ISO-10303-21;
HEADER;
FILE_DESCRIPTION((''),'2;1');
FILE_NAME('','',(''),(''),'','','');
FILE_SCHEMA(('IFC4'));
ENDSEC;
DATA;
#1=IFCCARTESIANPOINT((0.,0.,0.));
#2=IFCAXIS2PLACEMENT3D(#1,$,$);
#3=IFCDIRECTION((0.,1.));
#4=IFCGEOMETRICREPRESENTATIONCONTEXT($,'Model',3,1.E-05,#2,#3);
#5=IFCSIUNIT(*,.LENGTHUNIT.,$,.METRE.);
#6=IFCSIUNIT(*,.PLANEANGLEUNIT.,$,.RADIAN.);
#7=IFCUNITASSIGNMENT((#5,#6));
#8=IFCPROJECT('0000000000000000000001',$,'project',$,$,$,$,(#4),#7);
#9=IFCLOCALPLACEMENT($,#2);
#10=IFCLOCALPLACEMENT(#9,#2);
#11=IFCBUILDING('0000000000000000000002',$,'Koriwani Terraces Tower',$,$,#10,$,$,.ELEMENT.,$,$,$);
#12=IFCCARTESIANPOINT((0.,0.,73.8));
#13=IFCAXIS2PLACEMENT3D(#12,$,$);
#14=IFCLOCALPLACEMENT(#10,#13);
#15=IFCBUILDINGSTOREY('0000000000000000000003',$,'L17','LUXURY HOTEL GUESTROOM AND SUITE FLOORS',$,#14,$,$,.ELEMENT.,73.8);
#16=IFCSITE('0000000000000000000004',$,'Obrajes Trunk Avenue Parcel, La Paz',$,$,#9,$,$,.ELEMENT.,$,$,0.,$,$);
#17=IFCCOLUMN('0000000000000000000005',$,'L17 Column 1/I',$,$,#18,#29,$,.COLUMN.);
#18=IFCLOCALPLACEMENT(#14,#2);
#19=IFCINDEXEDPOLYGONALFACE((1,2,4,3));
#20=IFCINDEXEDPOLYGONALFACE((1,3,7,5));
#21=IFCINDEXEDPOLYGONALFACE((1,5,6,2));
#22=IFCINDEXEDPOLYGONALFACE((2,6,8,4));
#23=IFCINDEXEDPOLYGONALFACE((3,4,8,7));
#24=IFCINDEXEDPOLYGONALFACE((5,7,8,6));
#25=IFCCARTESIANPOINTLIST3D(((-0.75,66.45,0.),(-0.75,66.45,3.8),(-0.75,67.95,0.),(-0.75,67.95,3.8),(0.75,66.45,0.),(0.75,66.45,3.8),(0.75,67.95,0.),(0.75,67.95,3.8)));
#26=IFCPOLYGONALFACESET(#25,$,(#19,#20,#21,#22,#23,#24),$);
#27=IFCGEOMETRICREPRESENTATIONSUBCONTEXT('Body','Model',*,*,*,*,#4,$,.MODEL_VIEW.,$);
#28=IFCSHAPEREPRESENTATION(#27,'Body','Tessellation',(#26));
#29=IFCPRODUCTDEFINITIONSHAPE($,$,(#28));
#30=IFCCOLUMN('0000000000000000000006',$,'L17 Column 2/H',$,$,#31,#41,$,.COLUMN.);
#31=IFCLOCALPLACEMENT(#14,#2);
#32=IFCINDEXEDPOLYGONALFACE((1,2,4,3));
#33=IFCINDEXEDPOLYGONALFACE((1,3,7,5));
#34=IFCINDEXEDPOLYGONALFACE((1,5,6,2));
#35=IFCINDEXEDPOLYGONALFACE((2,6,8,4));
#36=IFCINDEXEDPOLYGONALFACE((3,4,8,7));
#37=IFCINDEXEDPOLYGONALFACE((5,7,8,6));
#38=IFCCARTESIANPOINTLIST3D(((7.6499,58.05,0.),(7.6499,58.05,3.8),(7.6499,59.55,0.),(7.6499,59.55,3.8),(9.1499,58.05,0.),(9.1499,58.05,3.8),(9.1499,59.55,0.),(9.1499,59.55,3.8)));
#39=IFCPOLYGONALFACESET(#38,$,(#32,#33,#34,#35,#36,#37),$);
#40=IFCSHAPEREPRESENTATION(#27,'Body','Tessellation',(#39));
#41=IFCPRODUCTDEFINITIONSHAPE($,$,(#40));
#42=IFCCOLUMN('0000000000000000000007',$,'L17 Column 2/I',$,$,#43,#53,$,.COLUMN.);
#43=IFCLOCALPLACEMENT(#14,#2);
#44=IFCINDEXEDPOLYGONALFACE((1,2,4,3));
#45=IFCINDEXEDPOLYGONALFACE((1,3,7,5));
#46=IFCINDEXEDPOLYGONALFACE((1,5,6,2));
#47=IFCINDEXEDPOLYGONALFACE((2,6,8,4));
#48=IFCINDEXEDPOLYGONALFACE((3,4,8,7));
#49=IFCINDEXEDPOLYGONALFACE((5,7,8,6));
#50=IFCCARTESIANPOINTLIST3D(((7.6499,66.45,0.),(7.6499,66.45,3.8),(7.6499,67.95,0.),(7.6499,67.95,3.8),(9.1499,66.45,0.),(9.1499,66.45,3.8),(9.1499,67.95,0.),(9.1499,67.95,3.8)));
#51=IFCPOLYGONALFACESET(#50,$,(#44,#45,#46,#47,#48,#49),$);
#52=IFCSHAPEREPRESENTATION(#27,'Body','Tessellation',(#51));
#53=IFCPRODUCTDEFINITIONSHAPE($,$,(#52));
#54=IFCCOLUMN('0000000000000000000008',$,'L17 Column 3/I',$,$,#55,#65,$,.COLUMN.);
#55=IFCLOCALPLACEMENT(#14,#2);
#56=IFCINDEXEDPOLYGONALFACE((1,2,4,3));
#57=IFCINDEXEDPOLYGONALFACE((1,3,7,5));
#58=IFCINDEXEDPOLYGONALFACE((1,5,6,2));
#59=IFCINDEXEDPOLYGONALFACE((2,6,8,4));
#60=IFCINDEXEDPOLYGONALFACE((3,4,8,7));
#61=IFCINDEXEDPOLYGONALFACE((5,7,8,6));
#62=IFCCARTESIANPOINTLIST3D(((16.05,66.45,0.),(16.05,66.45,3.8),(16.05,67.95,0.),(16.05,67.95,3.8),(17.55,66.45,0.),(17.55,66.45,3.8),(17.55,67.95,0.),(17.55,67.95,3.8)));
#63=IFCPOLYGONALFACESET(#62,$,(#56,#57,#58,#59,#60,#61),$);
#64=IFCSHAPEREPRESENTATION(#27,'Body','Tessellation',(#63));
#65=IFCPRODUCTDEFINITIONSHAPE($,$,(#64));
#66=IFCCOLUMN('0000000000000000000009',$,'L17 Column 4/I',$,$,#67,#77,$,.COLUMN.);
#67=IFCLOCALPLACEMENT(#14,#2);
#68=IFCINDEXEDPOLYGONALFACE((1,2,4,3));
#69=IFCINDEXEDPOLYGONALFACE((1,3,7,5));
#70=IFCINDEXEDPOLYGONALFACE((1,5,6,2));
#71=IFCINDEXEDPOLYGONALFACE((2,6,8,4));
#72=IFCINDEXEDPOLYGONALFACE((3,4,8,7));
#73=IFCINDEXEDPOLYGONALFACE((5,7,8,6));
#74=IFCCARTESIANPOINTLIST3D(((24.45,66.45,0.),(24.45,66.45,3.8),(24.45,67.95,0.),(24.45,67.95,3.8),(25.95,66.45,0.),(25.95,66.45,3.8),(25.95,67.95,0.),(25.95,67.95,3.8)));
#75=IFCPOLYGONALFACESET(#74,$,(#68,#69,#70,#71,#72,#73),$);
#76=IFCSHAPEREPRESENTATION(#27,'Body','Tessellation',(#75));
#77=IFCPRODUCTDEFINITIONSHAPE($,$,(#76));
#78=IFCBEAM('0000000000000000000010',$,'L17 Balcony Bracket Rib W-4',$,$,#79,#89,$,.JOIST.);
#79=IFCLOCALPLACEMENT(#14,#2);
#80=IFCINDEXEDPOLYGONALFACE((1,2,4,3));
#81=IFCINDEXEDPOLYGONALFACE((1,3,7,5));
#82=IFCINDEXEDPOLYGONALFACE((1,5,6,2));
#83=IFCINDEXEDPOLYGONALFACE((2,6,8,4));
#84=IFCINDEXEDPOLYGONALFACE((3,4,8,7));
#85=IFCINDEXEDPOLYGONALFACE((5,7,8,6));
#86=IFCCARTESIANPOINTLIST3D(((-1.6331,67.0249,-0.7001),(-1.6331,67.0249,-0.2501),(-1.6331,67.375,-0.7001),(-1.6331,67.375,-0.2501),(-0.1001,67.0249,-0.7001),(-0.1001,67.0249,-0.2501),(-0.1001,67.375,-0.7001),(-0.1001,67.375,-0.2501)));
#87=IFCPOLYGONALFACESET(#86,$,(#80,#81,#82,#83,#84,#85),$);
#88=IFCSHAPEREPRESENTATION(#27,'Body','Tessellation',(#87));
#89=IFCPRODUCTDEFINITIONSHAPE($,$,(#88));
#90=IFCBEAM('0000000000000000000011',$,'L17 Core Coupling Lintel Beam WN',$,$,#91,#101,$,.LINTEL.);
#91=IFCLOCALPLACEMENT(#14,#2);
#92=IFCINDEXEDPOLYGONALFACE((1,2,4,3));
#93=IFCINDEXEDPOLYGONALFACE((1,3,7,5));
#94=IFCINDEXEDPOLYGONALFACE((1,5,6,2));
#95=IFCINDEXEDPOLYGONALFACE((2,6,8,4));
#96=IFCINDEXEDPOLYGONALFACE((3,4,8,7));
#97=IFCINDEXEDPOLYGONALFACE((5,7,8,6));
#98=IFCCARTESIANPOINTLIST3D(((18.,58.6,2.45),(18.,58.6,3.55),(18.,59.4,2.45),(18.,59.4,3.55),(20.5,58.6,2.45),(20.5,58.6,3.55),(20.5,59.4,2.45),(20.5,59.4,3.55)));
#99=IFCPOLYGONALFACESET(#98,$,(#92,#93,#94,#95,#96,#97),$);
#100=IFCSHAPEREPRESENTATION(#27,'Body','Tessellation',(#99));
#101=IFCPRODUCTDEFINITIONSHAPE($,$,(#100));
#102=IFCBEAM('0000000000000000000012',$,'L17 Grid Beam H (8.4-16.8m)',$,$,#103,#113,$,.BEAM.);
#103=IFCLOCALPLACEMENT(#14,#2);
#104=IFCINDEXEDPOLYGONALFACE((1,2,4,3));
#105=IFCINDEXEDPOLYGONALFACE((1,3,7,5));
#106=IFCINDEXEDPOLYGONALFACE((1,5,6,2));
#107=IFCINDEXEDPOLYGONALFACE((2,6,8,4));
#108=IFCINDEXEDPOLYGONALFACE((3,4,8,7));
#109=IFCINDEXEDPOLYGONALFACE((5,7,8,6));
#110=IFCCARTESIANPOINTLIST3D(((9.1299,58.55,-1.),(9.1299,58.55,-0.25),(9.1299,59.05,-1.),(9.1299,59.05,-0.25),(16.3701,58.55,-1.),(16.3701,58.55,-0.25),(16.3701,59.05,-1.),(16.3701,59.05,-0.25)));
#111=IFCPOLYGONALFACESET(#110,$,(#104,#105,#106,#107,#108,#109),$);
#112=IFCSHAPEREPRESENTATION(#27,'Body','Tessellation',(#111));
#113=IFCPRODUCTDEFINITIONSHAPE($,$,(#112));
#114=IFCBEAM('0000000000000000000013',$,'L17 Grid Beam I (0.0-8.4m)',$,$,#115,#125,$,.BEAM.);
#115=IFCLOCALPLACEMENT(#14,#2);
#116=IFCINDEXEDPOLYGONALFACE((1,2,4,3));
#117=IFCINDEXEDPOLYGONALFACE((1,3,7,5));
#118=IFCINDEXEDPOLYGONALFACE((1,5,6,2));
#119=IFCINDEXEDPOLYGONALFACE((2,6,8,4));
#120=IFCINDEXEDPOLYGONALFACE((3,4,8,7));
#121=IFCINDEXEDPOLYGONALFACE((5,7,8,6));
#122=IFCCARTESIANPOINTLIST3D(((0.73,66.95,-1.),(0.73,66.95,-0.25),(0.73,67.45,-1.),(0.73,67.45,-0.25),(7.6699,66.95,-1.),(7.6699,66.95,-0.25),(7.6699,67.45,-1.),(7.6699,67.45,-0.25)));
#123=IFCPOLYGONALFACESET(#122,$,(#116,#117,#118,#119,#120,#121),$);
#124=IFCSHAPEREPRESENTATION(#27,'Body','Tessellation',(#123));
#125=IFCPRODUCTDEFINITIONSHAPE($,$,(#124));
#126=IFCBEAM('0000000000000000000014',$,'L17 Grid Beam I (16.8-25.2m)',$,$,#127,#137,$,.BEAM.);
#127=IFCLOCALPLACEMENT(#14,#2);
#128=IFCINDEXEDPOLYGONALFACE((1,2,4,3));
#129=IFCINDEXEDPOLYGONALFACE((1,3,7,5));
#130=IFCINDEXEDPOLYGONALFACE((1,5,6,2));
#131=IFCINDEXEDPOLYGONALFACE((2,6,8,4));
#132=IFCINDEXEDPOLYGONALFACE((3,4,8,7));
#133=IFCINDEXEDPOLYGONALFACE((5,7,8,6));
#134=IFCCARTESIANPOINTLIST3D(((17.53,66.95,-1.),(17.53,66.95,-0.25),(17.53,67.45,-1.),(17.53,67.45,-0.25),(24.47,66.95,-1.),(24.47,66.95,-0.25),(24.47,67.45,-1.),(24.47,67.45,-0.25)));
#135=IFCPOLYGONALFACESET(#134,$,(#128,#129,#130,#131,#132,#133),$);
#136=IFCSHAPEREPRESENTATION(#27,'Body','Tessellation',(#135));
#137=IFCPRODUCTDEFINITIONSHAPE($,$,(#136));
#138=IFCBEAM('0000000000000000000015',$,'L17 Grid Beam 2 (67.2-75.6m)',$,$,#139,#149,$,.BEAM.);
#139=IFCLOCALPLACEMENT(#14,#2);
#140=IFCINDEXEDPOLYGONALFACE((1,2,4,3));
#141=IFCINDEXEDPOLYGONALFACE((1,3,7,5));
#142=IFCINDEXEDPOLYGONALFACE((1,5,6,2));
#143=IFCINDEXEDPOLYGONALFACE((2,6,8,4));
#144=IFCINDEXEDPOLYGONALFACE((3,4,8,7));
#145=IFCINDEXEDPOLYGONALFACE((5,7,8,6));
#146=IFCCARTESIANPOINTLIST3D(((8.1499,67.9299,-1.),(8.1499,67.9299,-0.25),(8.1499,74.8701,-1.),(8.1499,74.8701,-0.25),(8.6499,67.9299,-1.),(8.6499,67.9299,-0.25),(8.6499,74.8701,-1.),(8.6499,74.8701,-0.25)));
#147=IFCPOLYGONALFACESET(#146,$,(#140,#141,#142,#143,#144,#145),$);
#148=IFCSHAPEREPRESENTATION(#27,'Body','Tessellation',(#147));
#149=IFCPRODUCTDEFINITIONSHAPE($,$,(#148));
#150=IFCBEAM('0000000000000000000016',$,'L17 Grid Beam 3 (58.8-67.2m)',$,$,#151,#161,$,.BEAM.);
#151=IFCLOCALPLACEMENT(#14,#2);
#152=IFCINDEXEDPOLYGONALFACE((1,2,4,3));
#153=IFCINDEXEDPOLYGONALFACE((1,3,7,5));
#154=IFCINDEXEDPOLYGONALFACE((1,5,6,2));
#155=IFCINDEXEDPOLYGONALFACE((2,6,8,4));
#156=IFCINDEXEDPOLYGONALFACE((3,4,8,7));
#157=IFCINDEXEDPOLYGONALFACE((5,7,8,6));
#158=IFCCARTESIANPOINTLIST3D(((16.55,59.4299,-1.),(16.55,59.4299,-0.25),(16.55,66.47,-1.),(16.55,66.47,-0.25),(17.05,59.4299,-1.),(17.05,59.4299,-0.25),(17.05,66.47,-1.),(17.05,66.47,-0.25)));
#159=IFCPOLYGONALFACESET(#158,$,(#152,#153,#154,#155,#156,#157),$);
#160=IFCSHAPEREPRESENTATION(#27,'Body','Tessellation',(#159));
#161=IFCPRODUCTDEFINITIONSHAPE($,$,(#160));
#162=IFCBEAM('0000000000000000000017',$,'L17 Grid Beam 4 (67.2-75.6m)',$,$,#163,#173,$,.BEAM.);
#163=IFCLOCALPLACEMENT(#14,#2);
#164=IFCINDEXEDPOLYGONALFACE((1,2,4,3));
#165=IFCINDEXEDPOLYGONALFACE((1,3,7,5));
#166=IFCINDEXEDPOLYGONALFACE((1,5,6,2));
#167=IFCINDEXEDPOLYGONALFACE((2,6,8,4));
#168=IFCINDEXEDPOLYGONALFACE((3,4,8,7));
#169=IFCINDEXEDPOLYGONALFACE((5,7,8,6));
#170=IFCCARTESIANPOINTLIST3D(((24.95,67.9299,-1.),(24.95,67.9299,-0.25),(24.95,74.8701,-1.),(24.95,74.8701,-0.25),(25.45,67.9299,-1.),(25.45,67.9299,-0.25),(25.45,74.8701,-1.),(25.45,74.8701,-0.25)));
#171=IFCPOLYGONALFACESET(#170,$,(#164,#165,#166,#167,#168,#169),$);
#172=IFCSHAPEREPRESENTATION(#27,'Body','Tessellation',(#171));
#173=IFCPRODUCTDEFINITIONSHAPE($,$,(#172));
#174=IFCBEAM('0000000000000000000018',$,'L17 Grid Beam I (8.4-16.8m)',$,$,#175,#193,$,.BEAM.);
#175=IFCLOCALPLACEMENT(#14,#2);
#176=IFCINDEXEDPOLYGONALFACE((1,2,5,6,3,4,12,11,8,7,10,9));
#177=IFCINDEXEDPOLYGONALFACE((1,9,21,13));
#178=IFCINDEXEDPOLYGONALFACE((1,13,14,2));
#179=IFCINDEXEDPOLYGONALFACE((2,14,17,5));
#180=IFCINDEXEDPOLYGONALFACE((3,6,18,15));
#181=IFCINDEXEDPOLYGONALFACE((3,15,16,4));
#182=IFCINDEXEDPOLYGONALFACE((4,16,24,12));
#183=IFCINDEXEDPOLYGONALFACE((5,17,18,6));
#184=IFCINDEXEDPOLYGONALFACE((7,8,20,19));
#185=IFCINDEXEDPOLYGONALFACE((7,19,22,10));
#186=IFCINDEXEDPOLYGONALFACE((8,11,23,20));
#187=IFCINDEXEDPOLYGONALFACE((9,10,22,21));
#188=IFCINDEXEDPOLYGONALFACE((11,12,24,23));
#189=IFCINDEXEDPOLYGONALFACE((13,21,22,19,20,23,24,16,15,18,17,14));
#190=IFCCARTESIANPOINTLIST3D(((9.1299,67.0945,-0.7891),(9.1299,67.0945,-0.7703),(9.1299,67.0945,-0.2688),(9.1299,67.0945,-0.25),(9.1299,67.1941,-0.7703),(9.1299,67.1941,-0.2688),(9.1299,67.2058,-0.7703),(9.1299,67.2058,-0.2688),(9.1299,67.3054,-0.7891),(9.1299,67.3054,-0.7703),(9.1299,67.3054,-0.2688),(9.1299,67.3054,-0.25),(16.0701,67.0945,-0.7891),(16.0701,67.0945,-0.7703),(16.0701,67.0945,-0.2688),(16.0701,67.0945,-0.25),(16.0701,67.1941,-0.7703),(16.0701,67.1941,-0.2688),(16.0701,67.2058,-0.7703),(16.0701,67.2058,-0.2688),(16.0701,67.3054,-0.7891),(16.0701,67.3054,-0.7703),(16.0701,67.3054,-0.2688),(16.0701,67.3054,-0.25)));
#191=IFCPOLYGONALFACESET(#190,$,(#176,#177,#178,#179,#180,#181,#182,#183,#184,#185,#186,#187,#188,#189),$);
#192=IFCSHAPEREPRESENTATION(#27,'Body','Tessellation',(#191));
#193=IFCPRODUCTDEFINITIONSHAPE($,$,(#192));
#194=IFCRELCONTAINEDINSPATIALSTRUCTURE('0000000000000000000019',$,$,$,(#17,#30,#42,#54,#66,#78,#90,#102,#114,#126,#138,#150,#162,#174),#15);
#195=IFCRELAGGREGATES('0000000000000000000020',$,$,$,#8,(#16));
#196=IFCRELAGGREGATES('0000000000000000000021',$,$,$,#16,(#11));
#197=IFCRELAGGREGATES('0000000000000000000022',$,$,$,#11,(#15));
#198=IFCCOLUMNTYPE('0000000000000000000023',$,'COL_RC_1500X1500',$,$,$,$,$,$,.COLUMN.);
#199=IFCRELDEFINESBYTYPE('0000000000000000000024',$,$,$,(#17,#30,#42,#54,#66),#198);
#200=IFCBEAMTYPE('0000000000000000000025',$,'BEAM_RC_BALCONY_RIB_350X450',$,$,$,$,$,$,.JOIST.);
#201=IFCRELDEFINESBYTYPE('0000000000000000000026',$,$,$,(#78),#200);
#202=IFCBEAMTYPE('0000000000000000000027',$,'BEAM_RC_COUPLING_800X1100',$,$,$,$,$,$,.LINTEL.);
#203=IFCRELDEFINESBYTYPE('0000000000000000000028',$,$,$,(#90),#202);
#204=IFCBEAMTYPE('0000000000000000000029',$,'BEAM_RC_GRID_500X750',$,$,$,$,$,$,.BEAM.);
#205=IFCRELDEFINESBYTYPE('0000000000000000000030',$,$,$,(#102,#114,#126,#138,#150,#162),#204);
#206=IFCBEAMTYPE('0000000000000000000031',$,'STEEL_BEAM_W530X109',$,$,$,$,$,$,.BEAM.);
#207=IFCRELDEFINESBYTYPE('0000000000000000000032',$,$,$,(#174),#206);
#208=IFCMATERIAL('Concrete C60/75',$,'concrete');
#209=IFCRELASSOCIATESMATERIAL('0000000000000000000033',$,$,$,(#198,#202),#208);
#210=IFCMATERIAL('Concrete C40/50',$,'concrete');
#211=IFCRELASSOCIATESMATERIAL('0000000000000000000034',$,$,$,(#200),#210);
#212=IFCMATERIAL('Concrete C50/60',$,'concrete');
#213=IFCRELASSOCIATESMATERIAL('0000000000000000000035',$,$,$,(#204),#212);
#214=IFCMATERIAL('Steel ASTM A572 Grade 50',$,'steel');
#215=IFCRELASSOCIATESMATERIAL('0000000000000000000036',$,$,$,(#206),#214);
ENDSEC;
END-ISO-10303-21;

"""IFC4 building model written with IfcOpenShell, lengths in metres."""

from ifc_helpers import new_model, si_unit, direction, frame, origin, origin_2d, place, context, subcontext, project, spatial, rectangle, i_section, extrude, material, material_profile, profile_set, type_object, element, save


model = new_model("IFC4")

# Units and contexts
model_context = context("Model", 3, precision=1e-05, world=origin(), true_north=direction((0.0, 1.0)))
body_context = subcontext(model_context, "Body", "Model", "MODEL_VIEW")
ifc_project = project(units=[si_unit("LENGTHUNIT", "METRE"), si_unit("PLANEANGLEUNIT", "RADIAN")], contexts=[model_context])

# Site, building, storey
site_placement = place(None, origin())
site = spatial("IfcSite", under=ifc_project, at=site_placement, Name="Obrajes Trunk Avenue Parcel, La Paz", CompositionType="ELEMENT", RefElevation=0.0)
building_placement = place(site_placement, origin())
building = spatial("IfcBuilding", under=site, at=building_placement, Name="Koriwani Terraces Tower", CompositionType="ELEMENT")
storey_placement = place(building_placement, frame((0.0, 0.0, 73.8)))
storey = spatial("IfcBuildingStorey", under=building, at=storey_placement, Name="L17", Description="LUXURY HOTEL GUESTROOM AND SUITE FLOORS", CompositionType="ELEMENT", Elevation=73.8)

# Columns
ifc_material_1 = material(Name="Concrete C60/75", Category="concrete")
ifc_material_profile_1 = material_profile(ifc_material_1, rectangle(XDim=1.5, YDim=1.5, at=origin_2d()), Name="Concrete C60/75", Category="LoadBearing")
ifc_profile_set_1 = profile_set([ifc_material_profile_1], Name="Concrete C60/75")
column_type = type_object("IfcColumnType", Name="COL_RC_1500X1500", PredefinedType="COLUMN", material=ifc_profile_set_1)
for number, where, z_axis, x_axis, name in (
    (1, (0.0, 67.2, 0.0), (0.0, 0.0, 1.0), (1.0, 0.0, 0.0), "L17 Column 1/I"),
    (2, (8.3999, 58.8, 0.0), (0.0, 0.0, 1.0), (1.0, 0.0, 0.0), "L17 Column 2/H"),
    (3, (8.3999, 67.2, 0.0), (0.0, 0.0, 1.0), (1.0, 0.0, 0.0), "L17 Column 2/I"),
    (4, (16.8, 67.2, 0.0), (0.0, 0.0, 1.0), (1.0, 0.0, 0.0), "L17 Column 3/I"),
    (5, (25.2, 67.2, 0.0), (0.0, 0.0, 1.0), (1.0, 0.0, 0.0), "L17 Column 4/I"),
):
    element("IfcColumn", number, at=place(storey_placement, frame(where, z_axis=z_axis, x_axis=x_axis)), inside=storey, type_object=column_type, Name=name, PredefinedType="COLUMN", context=body_context, shape_type="SweptSolid", body=[
        extrude(rectangle(XDim=1.5, YDim=1.5, at=origin_2d()), origin(), (0.0, 0.0, 1.0), 3.8),
    ])

# Beams
ifc_material_2 = material(Name="Concrete C40/50", Category="concrete")
ifc_material_profile_2 = material_profile(ifc_material_2, rectangle(XDim=0.3501, YDim=0.45, at=origin_2d()), Name="Concrete C40/50", Category="LoadBearing")
ifc_profile_set_2 = profile_set([ifc_material_profile_2], Name="Concrete C40/50")
beam_type_1 = type_object("IfcBeamType", Name="BEAM_RC_BALCONY_RIB_350X450", PredefinedType="JOIST", material=ifc_profile_set_2)
beam_1_placement = place(storey_placement, frame((-1.6331, 67.2, -0.4751), z_axis=(1.0, 0.0, 0.0), x_axis=(0.0, 1.0, 0.0)))
element("IfcBeam", 6, at=beam_1_placement, inside=storey, type_object=beam_type_1, Name="L17 Balcony Bracket Rib W-4", PredefinedType="JOIST", context=body_context, shape_type="SweptSolid", body=[
    extrude(rectangle(XDim=0.3501, YDim=0.45, at=origin_2d()), origin(), (0.0, 0.0, 1.0), 1.533),
])
ifc_material_profile_3 = material_profile(ifc_material_1, rectangle(XDim=0.8, YDim=1.1001, at=origin_2d()), Name="Concrete C60/75", Category="LoadBearing")
ifc_profile_set_3 = profile_set([ifc_material_profile_3], Name="Concrete C60/75")
beam_type_2 = type_object("IfcBeamType", Name="BEAM_RC_COUPLING_800X1100", PredefinedType="LINTEL", material=ifc_profile_set_3)
beam_2_placement = place(storey_placement, frame((18.0, 59.0, 3.0), z_axis=(1.0, 0.0, 0.0), x_axis=(0.0, 1.0, 0.0)))
element("IfcBeam", 7, at=beam_2_placement, inside=storey, type_object=beam_type_2, Name="L17 Core Coupling Lintel Beam WN", PredefinedType="LINTEL", context=body_context, shape_type="SweptSolid", body=[
    extrude(rectangle(XDim=0.8, YDim=1.1001, at=origin_2d()), origin(), (0.0, 0.0, 1.0), 2.5),
])
ifc_material_3 = material(Name="Concrete C50/60", Category="concrete")
ifc_material_profile_4 = material_profile(ifc_material_3, rectangle(XDim=0.5, YDim=0.75, at=origin_2d()), Name="Concrete C50/60", Category="LoadBearing")
ifc_profile_set_4 = profile_set([ifc_material_profile_4], Name="Concrete C50/60")
beam_type_3 = type_object("IfcBeamType", Name="BEAM_RC_GRID_500X750", PredefinedType="BEAM", material=ifc_profile_set_4)
beam_3_placement = place(storey_placement, frame((9.1299, 58.8, -0.625), z_axis=(1.0, 0.0, 0.0), x_axis=(0.0, 1.0, 0.0)))
element("IfcBeam", 8, at=beam_3_placement, inside=storey, type_object=beam_type_3, Name="L17 Grid Beam H (8.4-16.8m)", PredefinedType="BEAM", context=body_context, shape_type="SweptSolid", body=[
    extrude(rectangle(XDim=0.5, YDim=0.75, at=origin_2d()), origin(), (0.0, 0.0, 1.0), 7.2402),
])
for number, where, z_axis, x_axis, name in (
    (9, (0.73, 67.2, -0.625), (1.0, 0.0, 0.0), (0.0, 1.0, 0.0), "L17 Grid Beam I (0.0-8.4m)"),
    (10, (17.53, 67.2, -0.625), (1.0, 0.0, 0.0), (0.0, 1.0, 0.0), "L17 Grid Beam I (16.8-25.2m)"),
):
    element("IfcBeam", number, at=place(storey_placement, frame(where, z_axis=z_axis, x_axis=x_axis)), inside=storey, type_object=beam_type_3, Name=name, PredefinedType="BEAM", context=body_context, shape_type="SweptSolid", body=[
        extrude(rectangle(XDim=0.5, YDim=0.75, at=origin_2d()), origin(), (0.0, 0.0, 1.0), 6.9399),
    ])
beam_4_placement = place(storey_placement, frame((8.3999, 67.9299, -0.625), z_axis=(0.0, 1.0, 0.0), x_axis=(-1.0, 0.0, 0.0)))
element("IfcBeam", 11, at=beam_4_placement, inside=storey, type_object=beam_type_3, Name="L17 Grid Beam 2 (67.2-75.6m)", PredefinedType="BEAM", context=body_context, shape_type="SweptSolid", body=[
    extrude(rectangle(XDim=0.5, YDim=0.75, at=origin_2d()), origin(), (0.0, 0.0, 1.0), 6.9402),
])
beam_5_placement = place(storey_placement, frame((16.8, 59.4299, -0.625), z_axis=(0.0, 1.0, 0.0), x_axis=(-1.0, 0.0, 0.0)))
element("IfcBeam", 12, at=beam_5_placement, inside=storey, type_object=beam_type_3, Name="L17 Grid Beam 3 (58.8-67.2m)", PredefinedType="BEAM", context=body_context, shape_type="SweptSolid", body=[
    extrude(rectangle(XDim=0.5, YDim=0.75, at=origin_2d()), origin(), (0.0, 0.0, 1.0), 7.04),
])
beam_6_placement = place(storey_placement, frame((25.2, 67.9299, -0.625), z_axis=(0.0, 1.0, 0.0), x_axis=(-1.0, 0.0, 0.0)))
element("IfcBeam", 13, at=beam_6_placement, inside=storey, type_object=beam_type_3, Name="L17 Grid Beam 4 (67.2-75.6m)", PredefinedType="BEAM", context=body_context, shape_type="SweptSolid", body=[
    extrude(rectangle(XDim=0.5, YDim=0.75, at=origin_2d()), origin(), (0.0, 0.0, 1.0), 6.9402),
])
ifc_material_4 = material(Name="Steel ASTM A572 Grade 50", Category="steel")
ifc_material_profile_5 = material_profile(ifc_material_4, i_section(OverallWidth=0.2109, OverallDepth=0.5391, WebThickness=0.0117, FlangeThickness=0.0188, at=origin_2d()), Name="Steel ASTM A572 Grade 50", Category="LoadBearing")
ifc_profile_set_5 = profile_set([ifc_material_profile_5], Name="Steel ASTM A572 Grade 50")
beam_type_4 = type_object("IfcBeamType", Name="STEEL_BEAM_W530X109", PredefinedType="BEAM", material=ifc_profile_set_5)
beam_7_placement = place(storey_placement, frame((9.1299, 67.2, -0.5195), z_axis=(1.0, 0.0, 0.0), x_axis=(0.0, 1.0, 0.0)))
element("IfcBeam", 14, at=beam_7_placement, inside=storey, type_object=beam_type_4, Name="L17 Grid Beam I (8.4-16.8m)", PredefinedType="BEAM", context=body_context, shape_type="SweptSolid", body=[
    extrude(i_section(OverallWidth=0.2109, OverallDepth=0.5391, WebThickness=0.0117, FlangeThickness=0.0188, at=origin_2d()), origin(), (0.0, 0.0, 1.0), 6.9402),
])

save(model, "model.ifc")
